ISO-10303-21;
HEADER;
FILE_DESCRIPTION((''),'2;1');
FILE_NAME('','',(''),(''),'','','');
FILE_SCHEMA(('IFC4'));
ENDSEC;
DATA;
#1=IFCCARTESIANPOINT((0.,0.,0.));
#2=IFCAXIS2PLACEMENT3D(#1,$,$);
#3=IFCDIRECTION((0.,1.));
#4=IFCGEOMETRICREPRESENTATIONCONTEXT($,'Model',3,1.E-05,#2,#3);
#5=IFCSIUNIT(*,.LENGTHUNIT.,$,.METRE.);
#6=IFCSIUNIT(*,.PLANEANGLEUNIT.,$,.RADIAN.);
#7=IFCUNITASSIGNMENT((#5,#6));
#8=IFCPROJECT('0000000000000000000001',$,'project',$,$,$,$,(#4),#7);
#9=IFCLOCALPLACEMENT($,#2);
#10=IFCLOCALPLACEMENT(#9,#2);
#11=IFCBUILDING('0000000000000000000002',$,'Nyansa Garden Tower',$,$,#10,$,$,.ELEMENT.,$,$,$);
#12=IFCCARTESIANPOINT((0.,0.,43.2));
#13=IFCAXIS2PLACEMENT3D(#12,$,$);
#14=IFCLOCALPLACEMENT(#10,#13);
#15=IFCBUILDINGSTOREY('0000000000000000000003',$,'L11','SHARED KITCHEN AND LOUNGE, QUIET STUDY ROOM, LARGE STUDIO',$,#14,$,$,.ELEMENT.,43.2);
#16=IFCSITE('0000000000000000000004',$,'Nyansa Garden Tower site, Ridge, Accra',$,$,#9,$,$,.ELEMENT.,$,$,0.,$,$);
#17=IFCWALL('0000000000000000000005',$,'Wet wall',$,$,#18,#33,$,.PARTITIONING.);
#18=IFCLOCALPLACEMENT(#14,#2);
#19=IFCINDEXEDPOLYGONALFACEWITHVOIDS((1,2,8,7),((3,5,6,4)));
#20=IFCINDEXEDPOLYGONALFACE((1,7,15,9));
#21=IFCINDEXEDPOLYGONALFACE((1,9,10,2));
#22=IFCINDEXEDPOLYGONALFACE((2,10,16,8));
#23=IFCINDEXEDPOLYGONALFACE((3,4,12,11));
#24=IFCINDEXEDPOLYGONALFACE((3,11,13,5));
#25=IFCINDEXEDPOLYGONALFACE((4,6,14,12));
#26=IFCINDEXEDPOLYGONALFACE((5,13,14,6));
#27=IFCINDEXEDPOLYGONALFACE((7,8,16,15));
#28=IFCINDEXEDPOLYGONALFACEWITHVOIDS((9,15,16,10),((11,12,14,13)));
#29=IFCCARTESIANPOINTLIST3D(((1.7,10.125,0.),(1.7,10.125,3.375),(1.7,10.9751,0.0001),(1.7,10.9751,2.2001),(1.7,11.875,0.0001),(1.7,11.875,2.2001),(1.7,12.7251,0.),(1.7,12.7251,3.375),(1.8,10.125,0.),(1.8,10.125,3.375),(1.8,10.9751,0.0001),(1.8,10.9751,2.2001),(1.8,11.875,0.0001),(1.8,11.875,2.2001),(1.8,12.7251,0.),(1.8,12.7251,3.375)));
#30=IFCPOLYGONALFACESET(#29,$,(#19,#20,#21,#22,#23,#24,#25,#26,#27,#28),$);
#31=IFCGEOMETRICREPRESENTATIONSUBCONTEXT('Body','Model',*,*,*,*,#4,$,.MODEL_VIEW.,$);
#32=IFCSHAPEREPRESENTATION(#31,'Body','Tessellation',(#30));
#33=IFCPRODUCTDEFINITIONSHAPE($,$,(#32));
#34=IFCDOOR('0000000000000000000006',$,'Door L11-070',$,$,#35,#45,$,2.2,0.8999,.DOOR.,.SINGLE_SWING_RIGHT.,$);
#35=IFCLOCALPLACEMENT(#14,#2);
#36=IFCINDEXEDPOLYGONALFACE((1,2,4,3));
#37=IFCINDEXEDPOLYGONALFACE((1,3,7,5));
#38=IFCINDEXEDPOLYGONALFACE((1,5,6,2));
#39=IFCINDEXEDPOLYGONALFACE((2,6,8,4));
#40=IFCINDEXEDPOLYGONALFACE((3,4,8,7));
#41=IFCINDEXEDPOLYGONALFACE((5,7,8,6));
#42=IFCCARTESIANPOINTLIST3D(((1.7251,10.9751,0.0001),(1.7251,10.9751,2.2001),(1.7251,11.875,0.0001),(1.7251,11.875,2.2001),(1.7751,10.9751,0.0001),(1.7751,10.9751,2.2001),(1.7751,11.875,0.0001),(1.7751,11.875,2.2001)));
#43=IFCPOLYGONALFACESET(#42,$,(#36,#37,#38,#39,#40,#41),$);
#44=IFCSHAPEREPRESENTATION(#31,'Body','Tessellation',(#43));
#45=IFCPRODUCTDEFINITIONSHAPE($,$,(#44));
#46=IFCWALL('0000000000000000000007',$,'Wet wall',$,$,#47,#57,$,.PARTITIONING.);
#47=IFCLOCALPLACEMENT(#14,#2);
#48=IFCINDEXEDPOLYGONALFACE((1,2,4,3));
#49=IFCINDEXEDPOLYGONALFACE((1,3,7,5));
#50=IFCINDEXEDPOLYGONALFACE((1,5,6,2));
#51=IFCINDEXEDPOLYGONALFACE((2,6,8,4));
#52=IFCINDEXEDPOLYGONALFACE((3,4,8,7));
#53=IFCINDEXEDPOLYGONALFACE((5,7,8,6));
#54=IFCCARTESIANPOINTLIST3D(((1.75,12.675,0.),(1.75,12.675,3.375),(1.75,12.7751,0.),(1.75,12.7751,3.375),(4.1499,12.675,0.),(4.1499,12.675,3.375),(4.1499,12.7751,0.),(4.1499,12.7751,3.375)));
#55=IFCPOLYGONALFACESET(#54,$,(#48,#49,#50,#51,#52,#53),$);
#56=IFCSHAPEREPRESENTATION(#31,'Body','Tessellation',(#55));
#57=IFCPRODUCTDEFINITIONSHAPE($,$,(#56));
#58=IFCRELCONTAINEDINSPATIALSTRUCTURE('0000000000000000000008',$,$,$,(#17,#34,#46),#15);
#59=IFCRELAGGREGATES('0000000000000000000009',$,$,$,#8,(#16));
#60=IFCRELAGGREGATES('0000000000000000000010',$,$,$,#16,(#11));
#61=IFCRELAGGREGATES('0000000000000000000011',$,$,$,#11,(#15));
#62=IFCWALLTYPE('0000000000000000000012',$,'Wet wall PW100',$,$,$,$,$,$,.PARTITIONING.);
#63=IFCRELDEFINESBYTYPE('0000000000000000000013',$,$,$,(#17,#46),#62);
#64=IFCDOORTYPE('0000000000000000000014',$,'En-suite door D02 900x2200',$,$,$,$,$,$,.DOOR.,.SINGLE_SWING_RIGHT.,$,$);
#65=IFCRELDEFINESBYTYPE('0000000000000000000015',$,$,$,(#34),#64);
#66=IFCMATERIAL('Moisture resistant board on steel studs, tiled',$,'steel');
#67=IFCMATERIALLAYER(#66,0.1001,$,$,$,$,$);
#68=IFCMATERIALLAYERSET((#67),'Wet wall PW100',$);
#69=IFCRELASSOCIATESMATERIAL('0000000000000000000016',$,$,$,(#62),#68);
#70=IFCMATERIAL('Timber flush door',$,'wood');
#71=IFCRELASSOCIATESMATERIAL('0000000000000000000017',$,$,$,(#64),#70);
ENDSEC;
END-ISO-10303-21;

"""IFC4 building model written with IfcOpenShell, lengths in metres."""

from ifc_helpers import new_model, si_unit, direction, frame, frame_2d, origin, place, context, subcontext, project, spatial, rectangle, extrude, material, layer, layer_set, type_object, element, fill, save


model = new_model("IFC4")

# Units and contexts
model_context = context("Model", 3, precision=1e-05, world=origin(), true_north=direction((0.0, 1.0)))
body_context = subcontext(model_context, "Body", "Model", "MODEL_VIEW")
ifc_project = project(units=[si_unit("LENGTHUNIT", "METRE"), si_unit("PLANEANGLEUNIT", "RADIAN")], contexts=[model_context])

# Site, building, storey
site_placement = place(None, origin())
site = spatial("IfcSite", under=ifc_project, at=site_placement, Name="Nyansa Garden Tower site, Ridge, Accra", CompositionType="ELEMENT", RefElevation=0.0)
building_placement = place(site_placement, origin())
building = spatial("IfcBuilding", under=site, at=building_placement, Name="Nyansa Garden Tower", CompositionType="ELEMENT")
storey_placement = place(building_placement, frame((0.0, 0.0, 43.2)))
storey = spatial("IfcBuildingStorey", under=building, at=storey_placement, Name="L11", Description="SHARED KITCHEN AND LOUNGE, QUIET STUDY ROOM, LARGE STUDIO", CompositionType="ELEMENT", Elevation=43.2)

# Wall, opening, door
ifc_material_1 = material(Name="Moisture resistant board on steel studs, tiled", Category="steel")
ifc_layer_1 = layer(ifc_material_1, 0.1001)
ifc_layer_set_1 = layer_set([ifc_layer_1], Name="Wet wall PW100")
wall_type_1 = type_object("IfcWallType", Name="Wet wall PW100", PredefinedType="PARTITIONING", material=ifc_layer_set_1)
wall_1_placement = place(storey_placement, frame((1.75, 10.125, 0.0), z_axis=(0.0, 0.0, 1.0), x_axis=(0.0, 1.0, 0.0)))
wall_1 = element("IfcWall", 1, at=wall_1_placement, inside=storey, type_object=wall_type_1, Name="Wet wall", PredefinedType="PARTITIONING", context=body_context, shape_type="SweptSolid", body=[
    extrude(rectangle(XDim=2.6001, YDim=0.1001, at=frame_2d((1.3, 0.0))), origin(), (0.0, 0.0, 1.0), 3.375),
])
opening_1_placement = place(wall_1_placement, frame((0.8501, 0.0, 0.0)))
opening_1 = element("IfcOpeningElement", 2, at=opening_1_placement, cuts=wall_1, PredefinedType="OPENING", context=body_context, shape_type="SweptSolid", body=[
    extrude(rectangle(XDim=0.8999, YDim=2.2, at=frame_2d((0.45, 1.1001))), frame((0.0, 0.0601, 0.0), z_axis=(0.0, -1.0, 0.0), x_axis=(1.0, 0.0, 0.0)), (0.0, 0.0, 1.0), 0.1201),
])
ifc_material_2 = material(Name="Timber flush door", Category="wood")
door_type_1 = type_object("IfcDoorType", Name="En-suite door D02 900x2200", OperationType="SINGLE_SWING_RIGHT", PredefinedType="DOOR", material=ifc_material_2)
door_1_placement = place(opening_1_placement, origin())
door_1 = element("IfcDoor", 3, at=door_1_placement, inside=storey, type_object=door_type_1, Name="Door L11-070", OperationType="SINGLE_SWING_RIGHT", OverallHeight=2.2, OverallWidth=0.8999, PredefinedType="DOOR", context=body_context, shape_type="SweptSolid", body=[
    extrude(rectangle(XDim=0.8999, YDim=2.2, at=frame_2d((0.45, 1.1001))), frame((0.0, 0.0249, 0.0), z_axis=(0.0, -1.0, 0.0), x_axis=(1.0, 0.0, 0.0)), (0.0, 0.0, 1.0), 0.05),
])
fill(opening_1, door_1)

# Wall
wall_2_placement = place(storey_placement, frame((1.75, 12.7251, 0.0), z_axis=(0.0, 0.0, 1.0), x_axis=(1.0, 0.0, 0.0)))
element("IfcWall", 4, at=wall_2_placement, inside=storey, type_object=wall_type_1, Name="Wet wall", PredefinedType="PARTITIONING", context=body_context, shape_type="SweptSolid", body=[
    extrude(rectangle(XDim=2.3999, YDim=0.1001, at=frame_2d((1.2, 0.0))), origin(), (0.0, 0.0, 1.0), 3.375),
])

save(model, "model.ifc")
